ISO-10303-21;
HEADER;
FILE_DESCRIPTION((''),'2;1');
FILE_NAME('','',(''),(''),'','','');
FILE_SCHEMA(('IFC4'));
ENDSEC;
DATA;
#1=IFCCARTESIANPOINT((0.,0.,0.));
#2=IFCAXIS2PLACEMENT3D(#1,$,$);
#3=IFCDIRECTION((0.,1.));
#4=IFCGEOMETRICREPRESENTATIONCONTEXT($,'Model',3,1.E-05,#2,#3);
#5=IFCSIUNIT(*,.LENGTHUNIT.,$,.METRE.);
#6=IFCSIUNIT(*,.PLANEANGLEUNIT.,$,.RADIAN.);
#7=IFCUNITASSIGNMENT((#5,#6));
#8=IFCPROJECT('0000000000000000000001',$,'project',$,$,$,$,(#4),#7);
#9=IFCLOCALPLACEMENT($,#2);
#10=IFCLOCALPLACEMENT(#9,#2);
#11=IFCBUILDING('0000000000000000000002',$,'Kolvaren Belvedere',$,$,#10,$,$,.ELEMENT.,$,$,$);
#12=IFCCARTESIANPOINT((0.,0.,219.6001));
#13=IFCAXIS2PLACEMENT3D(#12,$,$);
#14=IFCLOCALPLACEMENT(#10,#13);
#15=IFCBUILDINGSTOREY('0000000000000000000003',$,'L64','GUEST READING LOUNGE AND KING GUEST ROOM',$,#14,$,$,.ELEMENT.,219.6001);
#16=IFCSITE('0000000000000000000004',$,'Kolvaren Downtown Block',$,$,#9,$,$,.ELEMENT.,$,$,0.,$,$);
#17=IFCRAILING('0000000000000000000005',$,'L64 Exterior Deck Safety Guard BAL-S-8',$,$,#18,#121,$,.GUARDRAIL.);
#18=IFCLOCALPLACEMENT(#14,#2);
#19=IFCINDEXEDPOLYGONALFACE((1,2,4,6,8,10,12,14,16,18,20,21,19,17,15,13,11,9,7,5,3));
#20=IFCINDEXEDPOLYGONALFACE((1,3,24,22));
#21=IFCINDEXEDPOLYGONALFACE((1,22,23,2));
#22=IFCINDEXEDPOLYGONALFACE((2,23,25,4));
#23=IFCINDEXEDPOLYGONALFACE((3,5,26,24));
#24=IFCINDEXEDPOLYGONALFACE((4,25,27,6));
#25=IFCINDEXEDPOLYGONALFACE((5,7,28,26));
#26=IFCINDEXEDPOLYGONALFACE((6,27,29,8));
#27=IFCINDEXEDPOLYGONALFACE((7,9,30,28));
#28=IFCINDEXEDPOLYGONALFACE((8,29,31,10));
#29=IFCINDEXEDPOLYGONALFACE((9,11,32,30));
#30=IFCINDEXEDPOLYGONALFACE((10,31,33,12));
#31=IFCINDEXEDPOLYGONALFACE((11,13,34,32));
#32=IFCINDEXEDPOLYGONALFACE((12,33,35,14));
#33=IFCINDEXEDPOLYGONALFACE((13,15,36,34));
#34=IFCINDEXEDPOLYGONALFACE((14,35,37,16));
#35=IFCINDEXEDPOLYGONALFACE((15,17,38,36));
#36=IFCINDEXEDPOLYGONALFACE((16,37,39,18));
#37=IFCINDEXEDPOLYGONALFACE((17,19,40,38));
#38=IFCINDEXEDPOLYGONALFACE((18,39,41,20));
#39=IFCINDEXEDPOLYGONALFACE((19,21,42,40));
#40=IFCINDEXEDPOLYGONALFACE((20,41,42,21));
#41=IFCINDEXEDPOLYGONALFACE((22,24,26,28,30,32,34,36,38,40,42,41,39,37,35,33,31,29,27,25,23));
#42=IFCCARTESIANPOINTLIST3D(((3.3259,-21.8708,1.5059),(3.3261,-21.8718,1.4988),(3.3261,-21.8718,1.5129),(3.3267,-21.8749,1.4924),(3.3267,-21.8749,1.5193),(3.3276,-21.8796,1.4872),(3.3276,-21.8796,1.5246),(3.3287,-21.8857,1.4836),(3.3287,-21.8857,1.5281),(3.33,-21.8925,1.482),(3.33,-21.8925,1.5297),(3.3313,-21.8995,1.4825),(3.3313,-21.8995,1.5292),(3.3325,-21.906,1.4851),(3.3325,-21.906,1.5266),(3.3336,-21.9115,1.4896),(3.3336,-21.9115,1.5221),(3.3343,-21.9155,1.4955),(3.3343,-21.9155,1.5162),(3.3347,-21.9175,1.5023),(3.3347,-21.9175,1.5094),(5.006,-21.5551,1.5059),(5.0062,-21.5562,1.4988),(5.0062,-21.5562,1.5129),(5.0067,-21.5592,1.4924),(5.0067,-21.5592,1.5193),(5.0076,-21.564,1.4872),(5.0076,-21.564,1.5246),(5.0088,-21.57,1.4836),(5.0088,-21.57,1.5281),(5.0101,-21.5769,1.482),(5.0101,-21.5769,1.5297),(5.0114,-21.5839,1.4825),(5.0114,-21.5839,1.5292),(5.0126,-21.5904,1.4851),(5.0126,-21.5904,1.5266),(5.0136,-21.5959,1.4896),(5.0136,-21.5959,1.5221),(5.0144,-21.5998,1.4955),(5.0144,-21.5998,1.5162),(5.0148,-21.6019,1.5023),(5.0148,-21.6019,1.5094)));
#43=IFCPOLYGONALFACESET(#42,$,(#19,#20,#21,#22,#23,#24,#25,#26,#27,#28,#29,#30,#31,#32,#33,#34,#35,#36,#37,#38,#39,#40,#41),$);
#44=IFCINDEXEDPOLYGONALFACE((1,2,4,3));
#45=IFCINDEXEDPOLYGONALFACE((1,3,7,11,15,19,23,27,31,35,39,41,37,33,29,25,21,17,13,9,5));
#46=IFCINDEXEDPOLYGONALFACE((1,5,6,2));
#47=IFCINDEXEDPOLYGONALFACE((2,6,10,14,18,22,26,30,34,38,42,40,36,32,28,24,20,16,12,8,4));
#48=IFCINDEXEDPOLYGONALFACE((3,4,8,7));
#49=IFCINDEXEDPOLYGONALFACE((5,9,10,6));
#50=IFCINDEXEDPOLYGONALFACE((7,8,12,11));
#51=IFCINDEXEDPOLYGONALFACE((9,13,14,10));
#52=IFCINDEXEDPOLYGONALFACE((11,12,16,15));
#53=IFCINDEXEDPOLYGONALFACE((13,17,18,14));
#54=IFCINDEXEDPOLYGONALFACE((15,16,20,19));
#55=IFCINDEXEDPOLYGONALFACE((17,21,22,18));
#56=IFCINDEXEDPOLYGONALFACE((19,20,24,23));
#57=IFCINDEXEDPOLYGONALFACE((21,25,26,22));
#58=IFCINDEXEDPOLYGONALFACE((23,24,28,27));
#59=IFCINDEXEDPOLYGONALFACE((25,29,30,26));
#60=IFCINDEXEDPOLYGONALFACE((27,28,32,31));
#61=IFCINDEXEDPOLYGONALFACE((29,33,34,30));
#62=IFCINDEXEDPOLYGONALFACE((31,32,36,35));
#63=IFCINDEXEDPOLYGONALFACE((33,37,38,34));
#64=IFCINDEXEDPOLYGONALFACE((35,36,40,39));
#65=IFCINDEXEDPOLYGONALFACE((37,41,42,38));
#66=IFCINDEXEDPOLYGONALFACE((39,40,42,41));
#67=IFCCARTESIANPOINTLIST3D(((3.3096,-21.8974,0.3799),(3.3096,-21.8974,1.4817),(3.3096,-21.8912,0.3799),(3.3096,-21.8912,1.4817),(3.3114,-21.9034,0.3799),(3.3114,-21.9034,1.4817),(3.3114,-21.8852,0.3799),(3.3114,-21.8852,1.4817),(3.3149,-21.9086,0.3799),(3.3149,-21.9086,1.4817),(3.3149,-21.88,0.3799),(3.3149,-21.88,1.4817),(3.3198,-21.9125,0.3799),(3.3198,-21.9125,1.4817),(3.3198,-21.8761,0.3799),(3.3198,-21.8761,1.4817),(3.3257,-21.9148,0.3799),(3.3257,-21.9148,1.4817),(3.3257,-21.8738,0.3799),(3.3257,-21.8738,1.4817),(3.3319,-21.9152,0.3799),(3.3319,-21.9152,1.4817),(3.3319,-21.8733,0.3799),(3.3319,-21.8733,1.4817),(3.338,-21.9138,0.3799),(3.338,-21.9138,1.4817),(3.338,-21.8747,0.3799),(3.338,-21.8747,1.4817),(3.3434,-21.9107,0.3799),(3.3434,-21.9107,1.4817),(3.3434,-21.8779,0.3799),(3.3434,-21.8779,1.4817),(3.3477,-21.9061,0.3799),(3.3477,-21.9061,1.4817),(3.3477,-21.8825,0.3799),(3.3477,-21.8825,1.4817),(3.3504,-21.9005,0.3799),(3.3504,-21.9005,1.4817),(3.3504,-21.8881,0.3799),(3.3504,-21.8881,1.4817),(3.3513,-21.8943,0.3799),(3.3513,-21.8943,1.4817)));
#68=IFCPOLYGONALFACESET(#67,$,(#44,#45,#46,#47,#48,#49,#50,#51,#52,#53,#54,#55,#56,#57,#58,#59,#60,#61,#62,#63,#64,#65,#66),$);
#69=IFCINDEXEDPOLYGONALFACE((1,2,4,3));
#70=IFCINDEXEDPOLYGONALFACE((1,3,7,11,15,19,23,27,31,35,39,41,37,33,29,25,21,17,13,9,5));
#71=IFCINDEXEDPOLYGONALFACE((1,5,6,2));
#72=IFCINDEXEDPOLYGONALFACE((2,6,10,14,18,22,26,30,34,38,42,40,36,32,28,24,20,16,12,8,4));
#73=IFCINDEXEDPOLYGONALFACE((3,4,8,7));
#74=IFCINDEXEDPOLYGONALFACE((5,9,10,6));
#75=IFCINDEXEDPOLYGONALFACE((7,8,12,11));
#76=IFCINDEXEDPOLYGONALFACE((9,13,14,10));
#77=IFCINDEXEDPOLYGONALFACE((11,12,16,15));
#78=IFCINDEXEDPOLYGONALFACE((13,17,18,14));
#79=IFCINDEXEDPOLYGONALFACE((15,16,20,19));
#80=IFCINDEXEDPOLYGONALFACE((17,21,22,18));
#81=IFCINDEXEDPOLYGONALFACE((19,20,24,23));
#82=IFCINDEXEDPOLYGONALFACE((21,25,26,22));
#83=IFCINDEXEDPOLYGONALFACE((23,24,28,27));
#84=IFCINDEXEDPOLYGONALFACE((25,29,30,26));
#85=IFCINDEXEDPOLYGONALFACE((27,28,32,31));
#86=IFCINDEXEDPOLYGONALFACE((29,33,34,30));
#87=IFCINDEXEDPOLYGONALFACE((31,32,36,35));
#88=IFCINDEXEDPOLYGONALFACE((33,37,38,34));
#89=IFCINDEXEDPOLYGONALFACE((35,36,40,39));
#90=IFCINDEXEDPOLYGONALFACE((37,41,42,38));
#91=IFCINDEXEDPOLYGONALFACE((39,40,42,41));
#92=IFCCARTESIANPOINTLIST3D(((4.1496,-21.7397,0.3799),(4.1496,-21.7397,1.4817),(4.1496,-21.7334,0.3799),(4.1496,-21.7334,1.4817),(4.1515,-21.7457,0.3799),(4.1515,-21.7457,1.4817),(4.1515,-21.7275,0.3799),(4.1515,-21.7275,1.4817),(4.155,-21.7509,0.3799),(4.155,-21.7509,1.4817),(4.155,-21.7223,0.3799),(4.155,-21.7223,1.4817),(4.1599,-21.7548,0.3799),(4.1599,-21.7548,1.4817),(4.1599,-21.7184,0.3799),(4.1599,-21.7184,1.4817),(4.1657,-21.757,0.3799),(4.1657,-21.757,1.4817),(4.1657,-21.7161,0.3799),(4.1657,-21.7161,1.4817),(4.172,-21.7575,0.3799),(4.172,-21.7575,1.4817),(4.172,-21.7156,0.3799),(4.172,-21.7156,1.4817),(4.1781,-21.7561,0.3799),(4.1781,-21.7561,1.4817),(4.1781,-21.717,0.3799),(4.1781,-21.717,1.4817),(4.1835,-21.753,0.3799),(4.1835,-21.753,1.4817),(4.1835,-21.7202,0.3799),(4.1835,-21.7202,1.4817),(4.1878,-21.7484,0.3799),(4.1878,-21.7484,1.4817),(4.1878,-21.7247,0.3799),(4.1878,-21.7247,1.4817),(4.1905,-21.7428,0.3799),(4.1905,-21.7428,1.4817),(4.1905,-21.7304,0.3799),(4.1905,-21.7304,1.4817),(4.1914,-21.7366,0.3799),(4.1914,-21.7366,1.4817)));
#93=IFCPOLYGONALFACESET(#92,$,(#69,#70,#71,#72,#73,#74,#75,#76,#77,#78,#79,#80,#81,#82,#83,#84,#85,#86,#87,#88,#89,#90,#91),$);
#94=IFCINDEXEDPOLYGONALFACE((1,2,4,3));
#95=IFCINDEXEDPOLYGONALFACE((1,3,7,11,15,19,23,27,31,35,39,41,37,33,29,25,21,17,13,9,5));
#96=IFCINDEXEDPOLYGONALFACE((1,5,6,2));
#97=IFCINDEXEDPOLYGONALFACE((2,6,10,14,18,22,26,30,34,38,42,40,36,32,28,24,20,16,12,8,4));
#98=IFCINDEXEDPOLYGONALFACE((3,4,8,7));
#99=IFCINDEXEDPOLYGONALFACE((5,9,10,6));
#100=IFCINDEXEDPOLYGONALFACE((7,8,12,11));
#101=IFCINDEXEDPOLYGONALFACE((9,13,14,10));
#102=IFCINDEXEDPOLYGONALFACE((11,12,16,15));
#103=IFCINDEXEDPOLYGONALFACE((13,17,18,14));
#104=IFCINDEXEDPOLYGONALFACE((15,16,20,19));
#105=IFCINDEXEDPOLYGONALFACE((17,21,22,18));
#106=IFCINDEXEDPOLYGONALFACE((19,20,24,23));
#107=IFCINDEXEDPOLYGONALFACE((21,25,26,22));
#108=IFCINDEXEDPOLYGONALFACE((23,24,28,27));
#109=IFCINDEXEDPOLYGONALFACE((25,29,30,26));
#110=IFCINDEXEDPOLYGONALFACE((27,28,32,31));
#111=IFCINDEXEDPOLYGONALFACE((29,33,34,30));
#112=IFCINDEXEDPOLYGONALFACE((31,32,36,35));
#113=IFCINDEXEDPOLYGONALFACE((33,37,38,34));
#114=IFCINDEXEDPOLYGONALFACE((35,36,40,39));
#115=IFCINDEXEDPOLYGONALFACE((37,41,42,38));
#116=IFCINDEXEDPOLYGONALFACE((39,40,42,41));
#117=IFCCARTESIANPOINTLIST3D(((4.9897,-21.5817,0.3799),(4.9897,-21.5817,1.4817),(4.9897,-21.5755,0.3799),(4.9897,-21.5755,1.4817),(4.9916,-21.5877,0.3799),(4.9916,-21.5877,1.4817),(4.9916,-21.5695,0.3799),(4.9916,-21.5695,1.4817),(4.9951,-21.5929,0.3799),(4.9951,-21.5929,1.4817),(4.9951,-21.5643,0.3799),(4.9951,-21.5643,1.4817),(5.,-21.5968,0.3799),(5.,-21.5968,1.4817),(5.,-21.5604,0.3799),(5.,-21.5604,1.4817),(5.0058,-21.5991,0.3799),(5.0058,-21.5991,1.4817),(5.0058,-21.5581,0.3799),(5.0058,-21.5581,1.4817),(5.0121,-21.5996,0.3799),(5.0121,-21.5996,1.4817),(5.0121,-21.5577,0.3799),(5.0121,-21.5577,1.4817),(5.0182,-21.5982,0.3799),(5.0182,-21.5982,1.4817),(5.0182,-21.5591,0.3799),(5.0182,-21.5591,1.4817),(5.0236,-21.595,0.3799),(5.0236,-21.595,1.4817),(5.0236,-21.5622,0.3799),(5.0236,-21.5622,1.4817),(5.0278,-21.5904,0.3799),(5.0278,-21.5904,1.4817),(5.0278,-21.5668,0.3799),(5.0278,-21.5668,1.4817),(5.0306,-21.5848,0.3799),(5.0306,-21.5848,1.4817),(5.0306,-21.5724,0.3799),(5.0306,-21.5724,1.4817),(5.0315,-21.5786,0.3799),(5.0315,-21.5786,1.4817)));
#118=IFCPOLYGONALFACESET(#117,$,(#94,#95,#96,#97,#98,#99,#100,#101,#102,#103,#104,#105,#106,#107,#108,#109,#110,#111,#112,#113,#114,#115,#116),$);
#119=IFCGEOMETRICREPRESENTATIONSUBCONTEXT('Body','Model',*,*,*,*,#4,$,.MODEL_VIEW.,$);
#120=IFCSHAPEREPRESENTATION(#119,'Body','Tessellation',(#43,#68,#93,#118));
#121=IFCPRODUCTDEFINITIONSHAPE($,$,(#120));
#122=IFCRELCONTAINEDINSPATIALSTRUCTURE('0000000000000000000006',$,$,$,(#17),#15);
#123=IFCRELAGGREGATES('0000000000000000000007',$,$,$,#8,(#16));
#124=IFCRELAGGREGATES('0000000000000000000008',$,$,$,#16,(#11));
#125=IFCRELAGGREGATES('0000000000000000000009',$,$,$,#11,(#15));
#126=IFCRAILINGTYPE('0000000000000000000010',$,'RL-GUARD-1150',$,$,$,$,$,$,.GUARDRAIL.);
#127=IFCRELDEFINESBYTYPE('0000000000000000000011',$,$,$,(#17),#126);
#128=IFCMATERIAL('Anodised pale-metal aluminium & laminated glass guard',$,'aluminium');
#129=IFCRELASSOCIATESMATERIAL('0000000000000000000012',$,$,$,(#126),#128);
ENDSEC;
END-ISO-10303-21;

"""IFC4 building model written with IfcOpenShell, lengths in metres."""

from ifc_helpers import new_model, si_unit, direction, frame, origin, origin_2d, place, context, subcontext, project, spatial, circle, extrude, material, type_object, element, save


model = new_model("IFC4")

# Units and contexts
model_context = context("Model", 3, precision=1e-05, world=origin(), true_north=direction((0.0, 1.0)))
body_context = subcontext(model_context, "Body", "Model", "MODEL_VIEW")
ifc_project = project(units=[si_unit("LENGTHUNIT", "METRE"), si_unit("PLANEANGLEUNIT", "RADIAN")], contexts=[model_context])

# Site, building, storey
site_placement = place(None, origin())
site = spatial("IfcSite", under=ifc_project, at=site_placement, Name="Kolvaren Downtown Block", CompositionType="ELEMENT", RefElevation=0.0)
building_placement = place(site_placement, origin())
building = spatial("IfcBuilding", under=site, at=building_placement, Name="Kolvaren Belvedere", CompositionType="ELEMENT")
storey_placement = place(building_placement, frame((0.0, 0.0, 219.6001)))
storey = spatial("IfcBuildingStorey", under=building, at=storey_placement, Name="L64", Description="GUEST READING LOUNGE AND KING GUEST ROOM", CompositionType="ELEMENT", Elevation=219.6001)

# Railing
ifc_material_1 = material(Name="Anodised pale-metal aluminium & laminated glass guard", Category="aluminium")
railing_type = type_object("IfcRailingType", Name="RL-GUARD-1150", PredefinedType="GUARDRAIL", material=ifc_material_1)
railing_1_placement = place(storey_placement, frame((3.3303, -21.8943, 0.3799)))
element("IfcRailing", 1, at=railing_1_placement, inside=storey, type_object=railing_type, Name="L64 Exterior Deck Safety Guard BAL-S-8", PredefinedType="GUARDRAIL", context=body_context, shape_type="SweptSolid", body=[
    extrude(circle(Radius=0.0239, at=origin_2d()), frame((0.0, 0.0, 1.126), z_axis=(0.982804, 0.184651, 0.0), x_axis=(-0.184651, 0.982804, 0.0)), (0.0, 0.0, 1.0), 1.7095),
    extrude(circle(Radius=0.021, at=origin_2d()), origin(), (0.0, 0.0, 1.0), 1.1018),
    extrude(circle(Radius=0.021, at=origin_2d()), frame((0.8401, 0.1577, 0.0)), (0.0, 0.0, 1.0), 1.1018),
    extrude(circle(Radius=0.021, at=origin_2d()), frame((1.6802, 0.3157, 0.0)), (0.0, 0.0, 1.0), 1.1018),
])

save(model, "model.ifc")
